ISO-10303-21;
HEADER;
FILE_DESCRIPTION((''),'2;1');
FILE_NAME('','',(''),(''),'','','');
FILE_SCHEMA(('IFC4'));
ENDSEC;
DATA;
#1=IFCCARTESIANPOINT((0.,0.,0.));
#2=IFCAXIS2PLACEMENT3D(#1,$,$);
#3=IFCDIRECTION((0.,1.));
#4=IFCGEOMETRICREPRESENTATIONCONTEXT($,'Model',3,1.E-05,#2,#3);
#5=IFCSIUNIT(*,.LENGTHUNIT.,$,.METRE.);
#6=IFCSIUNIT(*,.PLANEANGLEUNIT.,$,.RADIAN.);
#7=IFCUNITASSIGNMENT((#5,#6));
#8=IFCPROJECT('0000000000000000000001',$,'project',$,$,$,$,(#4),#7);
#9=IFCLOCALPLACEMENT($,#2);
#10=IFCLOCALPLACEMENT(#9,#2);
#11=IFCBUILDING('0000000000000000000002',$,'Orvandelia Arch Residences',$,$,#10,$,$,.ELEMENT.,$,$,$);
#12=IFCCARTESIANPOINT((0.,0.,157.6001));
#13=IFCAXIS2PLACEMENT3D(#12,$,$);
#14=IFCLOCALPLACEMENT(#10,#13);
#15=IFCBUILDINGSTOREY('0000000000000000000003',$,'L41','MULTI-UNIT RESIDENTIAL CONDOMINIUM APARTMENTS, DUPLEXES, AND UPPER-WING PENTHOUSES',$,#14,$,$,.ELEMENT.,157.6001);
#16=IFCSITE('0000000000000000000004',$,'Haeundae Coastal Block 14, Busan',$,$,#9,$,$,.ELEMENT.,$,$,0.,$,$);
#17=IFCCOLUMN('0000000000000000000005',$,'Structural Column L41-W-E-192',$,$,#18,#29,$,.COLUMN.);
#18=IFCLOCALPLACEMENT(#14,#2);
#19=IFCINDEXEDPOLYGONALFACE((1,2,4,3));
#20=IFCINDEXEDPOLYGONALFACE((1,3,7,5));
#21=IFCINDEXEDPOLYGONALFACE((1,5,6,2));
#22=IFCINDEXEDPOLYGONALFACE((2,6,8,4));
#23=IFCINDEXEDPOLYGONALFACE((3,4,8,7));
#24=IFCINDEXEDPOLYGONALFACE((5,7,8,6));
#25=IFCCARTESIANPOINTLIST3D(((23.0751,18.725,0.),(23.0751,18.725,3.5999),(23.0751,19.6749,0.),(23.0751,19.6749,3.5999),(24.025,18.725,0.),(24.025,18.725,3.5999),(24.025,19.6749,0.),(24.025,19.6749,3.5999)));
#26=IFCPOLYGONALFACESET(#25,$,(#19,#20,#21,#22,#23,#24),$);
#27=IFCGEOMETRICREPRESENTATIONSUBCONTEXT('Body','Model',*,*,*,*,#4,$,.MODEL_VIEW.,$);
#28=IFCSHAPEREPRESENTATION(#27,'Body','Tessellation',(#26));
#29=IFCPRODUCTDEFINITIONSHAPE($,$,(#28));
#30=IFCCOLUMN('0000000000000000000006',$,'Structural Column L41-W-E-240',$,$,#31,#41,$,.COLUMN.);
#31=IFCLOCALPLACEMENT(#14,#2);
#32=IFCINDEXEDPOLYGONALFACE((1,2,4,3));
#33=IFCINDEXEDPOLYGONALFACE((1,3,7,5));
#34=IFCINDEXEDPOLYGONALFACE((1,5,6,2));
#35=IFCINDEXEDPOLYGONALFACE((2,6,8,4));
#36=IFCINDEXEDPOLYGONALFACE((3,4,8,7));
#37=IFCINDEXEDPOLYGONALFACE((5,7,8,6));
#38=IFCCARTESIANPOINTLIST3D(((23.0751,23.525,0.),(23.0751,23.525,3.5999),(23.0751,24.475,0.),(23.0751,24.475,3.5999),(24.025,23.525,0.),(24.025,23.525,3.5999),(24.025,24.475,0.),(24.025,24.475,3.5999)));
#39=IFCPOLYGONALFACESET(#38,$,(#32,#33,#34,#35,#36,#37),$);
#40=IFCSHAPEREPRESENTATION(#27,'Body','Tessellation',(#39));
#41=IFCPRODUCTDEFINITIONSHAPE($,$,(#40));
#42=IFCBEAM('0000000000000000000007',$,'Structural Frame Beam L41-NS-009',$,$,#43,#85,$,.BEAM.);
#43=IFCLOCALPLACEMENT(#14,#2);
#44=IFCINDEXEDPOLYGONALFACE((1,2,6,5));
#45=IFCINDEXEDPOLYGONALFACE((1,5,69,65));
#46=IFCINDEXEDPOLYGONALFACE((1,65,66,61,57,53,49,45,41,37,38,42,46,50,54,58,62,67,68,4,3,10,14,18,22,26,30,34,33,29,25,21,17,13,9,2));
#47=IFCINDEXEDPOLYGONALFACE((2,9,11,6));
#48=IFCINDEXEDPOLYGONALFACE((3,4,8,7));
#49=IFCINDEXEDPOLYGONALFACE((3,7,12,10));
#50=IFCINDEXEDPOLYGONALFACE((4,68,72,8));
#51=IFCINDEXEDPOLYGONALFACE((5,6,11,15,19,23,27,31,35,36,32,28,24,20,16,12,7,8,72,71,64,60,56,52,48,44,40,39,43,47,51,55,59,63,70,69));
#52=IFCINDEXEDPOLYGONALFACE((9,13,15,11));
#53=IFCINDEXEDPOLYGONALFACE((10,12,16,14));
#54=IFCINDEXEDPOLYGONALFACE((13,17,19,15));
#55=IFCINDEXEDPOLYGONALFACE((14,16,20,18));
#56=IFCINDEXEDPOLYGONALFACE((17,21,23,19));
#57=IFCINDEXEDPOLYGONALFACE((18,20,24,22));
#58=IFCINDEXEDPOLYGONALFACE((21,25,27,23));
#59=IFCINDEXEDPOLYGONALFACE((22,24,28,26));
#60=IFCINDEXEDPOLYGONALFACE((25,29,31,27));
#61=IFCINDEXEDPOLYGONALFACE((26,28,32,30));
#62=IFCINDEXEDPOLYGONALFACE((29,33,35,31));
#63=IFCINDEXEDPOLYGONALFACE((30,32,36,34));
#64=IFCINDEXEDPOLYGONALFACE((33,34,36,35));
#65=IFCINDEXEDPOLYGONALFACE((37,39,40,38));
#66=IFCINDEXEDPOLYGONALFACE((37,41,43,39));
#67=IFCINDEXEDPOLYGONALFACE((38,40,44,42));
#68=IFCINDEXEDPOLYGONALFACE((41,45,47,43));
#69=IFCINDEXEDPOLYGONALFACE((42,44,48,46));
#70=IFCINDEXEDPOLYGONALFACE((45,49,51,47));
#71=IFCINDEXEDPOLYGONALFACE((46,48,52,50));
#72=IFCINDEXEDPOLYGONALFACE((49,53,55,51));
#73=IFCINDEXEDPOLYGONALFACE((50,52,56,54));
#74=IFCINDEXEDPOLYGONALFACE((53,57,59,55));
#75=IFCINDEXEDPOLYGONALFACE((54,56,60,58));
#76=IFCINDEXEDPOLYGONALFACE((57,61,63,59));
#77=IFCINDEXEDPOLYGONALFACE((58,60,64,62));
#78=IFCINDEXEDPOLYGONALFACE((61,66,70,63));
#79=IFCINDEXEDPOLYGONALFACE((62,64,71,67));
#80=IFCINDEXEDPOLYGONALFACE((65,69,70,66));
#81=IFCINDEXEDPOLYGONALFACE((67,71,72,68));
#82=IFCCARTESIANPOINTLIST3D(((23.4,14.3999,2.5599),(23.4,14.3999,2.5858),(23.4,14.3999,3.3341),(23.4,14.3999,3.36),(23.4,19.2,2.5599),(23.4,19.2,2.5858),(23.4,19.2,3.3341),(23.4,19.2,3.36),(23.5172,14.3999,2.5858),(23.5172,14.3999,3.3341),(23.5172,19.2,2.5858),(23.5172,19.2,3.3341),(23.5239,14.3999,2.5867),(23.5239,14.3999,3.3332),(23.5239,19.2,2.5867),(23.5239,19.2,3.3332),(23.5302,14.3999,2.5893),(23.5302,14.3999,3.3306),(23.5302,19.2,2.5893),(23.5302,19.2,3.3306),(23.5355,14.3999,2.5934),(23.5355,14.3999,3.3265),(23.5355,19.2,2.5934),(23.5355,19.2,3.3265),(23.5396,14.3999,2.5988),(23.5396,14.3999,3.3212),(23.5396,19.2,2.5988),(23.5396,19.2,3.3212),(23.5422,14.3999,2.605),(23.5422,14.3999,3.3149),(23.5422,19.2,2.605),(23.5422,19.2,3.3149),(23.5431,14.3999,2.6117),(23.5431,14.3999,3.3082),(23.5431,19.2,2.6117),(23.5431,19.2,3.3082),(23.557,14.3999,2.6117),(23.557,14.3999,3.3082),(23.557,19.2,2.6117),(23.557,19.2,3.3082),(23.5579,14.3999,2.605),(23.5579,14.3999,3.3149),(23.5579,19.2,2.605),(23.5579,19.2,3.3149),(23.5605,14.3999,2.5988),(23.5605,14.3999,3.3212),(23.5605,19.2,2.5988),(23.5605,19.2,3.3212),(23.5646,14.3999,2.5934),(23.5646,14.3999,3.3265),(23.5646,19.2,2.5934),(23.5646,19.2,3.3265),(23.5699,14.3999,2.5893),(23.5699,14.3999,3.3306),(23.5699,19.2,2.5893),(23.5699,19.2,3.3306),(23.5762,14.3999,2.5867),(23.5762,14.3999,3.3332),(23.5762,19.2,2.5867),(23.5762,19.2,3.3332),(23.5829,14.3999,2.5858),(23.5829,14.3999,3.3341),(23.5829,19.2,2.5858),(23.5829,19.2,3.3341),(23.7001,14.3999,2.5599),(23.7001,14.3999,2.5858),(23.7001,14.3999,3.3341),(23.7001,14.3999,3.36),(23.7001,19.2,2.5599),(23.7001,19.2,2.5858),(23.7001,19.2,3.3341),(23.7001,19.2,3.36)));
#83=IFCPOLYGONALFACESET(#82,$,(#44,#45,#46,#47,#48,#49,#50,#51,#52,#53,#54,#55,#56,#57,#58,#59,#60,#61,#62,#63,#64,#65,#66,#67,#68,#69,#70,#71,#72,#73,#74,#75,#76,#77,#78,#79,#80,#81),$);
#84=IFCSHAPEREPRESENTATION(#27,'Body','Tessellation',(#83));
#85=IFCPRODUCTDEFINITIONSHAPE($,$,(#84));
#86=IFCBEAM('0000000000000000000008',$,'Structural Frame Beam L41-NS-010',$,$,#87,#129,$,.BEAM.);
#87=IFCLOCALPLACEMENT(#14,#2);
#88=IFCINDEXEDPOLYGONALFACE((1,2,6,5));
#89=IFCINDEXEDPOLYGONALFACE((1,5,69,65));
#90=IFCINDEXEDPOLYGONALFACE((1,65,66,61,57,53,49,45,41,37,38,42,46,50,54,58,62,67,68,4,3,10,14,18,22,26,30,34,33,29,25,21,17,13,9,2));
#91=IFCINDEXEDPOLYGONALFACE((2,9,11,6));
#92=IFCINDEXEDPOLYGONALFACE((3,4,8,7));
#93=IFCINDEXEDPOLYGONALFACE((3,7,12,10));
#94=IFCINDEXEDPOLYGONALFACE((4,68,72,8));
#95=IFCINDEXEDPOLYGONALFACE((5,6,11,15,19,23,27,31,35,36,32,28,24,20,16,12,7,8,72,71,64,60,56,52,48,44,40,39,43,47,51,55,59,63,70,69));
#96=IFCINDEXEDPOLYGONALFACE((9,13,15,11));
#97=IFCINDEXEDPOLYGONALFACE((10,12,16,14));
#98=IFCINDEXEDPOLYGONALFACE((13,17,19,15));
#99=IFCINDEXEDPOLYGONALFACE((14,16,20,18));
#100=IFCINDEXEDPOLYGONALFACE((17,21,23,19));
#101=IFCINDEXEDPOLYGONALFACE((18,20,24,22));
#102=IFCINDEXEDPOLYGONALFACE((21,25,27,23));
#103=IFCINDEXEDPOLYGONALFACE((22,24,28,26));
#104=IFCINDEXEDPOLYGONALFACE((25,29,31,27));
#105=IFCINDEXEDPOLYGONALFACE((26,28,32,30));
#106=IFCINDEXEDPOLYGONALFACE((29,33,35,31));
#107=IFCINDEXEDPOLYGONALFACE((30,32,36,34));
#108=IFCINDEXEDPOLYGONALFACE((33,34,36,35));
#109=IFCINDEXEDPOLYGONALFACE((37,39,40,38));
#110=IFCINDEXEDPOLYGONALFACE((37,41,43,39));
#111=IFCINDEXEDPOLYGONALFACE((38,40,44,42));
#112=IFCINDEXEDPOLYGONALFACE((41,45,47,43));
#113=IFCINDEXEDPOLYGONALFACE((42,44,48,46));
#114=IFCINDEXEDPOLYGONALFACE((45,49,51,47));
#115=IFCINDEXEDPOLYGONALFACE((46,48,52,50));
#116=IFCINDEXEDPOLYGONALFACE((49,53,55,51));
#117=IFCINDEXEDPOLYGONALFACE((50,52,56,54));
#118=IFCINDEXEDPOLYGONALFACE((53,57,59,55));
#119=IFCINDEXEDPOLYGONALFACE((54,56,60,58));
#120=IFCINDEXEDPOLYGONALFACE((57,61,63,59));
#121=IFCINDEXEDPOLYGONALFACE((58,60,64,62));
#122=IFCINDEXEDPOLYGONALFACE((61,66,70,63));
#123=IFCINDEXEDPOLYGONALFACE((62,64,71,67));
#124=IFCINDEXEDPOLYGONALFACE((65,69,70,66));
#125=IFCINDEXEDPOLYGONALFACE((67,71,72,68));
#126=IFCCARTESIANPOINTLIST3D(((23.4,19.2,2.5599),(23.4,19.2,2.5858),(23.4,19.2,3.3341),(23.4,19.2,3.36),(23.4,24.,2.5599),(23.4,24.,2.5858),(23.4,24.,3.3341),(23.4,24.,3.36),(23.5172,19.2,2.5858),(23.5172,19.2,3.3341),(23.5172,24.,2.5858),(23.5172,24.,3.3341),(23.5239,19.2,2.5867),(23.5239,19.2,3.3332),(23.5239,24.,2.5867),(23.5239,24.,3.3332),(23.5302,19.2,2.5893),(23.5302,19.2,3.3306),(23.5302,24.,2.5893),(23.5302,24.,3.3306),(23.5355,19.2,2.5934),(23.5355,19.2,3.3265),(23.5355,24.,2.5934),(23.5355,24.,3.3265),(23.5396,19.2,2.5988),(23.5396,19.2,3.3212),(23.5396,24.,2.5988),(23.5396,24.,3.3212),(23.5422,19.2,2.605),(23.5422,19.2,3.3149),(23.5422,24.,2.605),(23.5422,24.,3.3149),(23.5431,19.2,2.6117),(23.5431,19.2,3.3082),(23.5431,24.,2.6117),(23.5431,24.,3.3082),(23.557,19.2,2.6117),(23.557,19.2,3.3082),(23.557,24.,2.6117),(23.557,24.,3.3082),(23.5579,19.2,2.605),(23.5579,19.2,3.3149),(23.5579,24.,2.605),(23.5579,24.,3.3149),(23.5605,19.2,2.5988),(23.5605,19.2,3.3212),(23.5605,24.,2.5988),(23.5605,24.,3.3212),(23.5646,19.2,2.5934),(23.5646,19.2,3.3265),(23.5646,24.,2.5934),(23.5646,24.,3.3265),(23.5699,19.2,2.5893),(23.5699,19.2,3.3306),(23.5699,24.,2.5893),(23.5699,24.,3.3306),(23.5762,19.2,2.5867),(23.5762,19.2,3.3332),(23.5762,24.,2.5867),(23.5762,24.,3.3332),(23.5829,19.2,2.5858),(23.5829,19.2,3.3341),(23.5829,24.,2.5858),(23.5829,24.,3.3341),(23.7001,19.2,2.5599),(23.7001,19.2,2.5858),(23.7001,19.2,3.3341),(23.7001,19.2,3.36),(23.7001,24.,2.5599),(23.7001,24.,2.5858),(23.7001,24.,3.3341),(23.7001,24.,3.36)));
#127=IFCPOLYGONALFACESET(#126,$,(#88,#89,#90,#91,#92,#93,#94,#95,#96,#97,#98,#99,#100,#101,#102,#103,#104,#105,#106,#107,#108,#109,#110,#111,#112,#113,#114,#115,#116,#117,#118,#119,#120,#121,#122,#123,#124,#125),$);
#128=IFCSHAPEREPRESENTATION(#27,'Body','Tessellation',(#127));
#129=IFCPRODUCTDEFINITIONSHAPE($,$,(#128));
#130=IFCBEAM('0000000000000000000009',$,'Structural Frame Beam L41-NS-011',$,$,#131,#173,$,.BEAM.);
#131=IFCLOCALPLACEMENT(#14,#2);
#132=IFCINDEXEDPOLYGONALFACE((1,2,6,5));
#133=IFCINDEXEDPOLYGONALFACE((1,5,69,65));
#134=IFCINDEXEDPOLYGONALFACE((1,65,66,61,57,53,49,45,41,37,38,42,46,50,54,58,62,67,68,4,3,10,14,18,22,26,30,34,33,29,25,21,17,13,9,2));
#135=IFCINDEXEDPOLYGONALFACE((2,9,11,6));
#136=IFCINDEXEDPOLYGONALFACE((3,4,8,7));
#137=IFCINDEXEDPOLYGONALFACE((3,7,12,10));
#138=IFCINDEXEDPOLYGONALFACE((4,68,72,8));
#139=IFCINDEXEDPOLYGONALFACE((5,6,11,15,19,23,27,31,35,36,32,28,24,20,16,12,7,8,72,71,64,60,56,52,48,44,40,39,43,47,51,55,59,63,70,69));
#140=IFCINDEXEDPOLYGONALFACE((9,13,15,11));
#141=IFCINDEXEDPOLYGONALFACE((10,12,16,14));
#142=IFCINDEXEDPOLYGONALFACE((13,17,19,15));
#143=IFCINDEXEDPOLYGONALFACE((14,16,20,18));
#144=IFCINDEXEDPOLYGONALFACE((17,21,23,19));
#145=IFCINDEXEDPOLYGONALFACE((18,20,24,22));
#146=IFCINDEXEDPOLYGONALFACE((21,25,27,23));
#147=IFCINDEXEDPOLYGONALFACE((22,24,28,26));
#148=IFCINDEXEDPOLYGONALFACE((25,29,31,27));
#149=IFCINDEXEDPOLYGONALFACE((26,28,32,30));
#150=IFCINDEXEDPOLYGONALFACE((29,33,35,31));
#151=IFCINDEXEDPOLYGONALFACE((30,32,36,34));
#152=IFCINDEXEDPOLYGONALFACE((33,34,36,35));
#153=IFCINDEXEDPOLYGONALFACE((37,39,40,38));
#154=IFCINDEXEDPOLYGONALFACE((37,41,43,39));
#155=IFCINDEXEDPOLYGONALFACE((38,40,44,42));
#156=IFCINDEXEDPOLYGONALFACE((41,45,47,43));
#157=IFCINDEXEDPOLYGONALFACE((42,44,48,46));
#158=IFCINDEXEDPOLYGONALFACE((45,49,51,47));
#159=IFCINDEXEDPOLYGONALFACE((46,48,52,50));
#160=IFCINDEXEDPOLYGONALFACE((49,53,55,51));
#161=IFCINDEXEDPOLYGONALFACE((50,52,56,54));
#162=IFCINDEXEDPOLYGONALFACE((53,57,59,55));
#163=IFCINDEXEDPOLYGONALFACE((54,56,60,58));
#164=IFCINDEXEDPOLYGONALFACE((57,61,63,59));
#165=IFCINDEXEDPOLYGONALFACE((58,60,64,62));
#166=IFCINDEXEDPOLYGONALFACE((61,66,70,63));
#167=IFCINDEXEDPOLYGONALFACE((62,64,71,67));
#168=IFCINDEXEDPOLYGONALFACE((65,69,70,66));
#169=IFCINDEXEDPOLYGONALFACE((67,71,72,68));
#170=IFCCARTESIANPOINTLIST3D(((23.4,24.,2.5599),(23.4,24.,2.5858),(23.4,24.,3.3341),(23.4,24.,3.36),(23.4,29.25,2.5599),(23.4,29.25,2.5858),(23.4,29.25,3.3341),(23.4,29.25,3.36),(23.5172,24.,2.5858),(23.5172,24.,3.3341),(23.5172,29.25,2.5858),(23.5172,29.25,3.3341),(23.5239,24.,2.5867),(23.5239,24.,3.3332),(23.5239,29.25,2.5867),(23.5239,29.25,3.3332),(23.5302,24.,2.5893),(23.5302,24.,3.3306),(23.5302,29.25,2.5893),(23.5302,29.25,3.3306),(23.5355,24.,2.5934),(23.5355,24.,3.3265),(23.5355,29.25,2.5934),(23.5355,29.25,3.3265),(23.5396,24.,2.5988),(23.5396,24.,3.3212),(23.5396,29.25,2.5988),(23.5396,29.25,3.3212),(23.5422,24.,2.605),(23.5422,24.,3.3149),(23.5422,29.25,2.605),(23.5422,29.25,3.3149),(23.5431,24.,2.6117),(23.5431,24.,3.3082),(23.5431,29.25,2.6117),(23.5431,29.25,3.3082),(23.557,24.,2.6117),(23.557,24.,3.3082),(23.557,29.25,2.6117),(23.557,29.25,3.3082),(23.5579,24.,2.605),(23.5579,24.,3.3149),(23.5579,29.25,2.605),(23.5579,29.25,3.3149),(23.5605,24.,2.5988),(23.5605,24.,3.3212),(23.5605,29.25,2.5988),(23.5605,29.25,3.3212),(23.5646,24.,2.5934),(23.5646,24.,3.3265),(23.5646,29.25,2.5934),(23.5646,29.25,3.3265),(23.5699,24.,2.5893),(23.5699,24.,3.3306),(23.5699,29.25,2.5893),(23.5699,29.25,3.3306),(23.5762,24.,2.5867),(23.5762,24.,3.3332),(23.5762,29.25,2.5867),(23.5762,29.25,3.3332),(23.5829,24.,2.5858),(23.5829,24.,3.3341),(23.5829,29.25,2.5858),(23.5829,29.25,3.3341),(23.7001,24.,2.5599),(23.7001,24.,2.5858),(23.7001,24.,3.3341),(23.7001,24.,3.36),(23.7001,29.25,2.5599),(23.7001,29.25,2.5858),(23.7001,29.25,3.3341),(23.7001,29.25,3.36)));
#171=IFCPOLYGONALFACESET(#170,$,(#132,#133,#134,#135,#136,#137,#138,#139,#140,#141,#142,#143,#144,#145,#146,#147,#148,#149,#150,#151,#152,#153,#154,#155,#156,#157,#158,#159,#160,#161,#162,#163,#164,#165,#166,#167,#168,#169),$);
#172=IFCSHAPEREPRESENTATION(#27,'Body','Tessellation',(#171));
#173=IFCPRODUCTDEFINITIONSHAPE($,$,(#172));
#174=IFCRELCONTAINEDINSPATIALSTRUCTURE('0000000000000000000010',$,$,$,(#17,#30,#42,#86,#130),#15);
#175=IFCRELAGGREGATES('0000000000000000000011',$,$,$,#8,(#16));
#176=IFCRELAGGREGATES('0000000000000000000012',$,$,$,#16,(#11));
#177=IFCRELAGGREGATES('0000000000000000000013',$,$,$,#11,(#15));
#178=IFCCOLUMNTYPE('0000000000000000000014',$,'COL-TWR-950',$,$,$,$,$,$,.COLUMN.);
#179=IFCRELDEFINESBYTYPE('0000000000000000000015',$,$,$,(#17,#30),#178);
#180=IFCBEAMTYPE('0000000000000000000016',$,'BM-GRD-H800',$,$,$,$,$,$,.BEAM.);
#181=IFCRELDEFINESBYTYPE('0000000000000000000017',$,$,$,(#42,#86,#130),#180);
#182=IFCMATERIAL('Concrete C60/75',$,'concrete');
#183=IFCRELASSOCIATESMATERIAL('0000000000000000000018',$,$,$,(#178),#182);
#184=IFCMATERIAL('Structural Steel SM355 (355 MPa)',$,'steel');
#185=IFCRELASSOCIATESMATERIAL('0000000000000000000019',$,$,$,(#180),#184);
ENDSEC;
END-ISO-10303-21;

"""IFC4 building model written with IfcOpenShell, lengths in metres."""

from ifc_helpers import new_model, si_unit, direction, frame, origin, origin_2d, place, context, subcontext, project, spatial, rectangle, i_section, extrude, material, material_profile, profile_set, type_object, element, save


model = new_model("IFC4")

# Units and contexts
model_context = context("Model", 3, precision=1e-05, world=origin(), true_north=direction((0.0, 1.0)))
body_context = subcontext(model_context, "Body", "Model", "MODEL_VIEW")
ifc_project = project(units=[si_unit("LENGTHUNIT", "METRE"), si_unit("PLANEANGLEUNIT", "RADIAN")], contexts=[model_context])

# Site, building, storey
site_placement = place(None, origin())
site = spatial("IfcSite", under=ifc_project, at=site_placement, Name="Haeundae Coastal Block 14, Busan", CompositionType="ELEMENT", RefElevation=0.0)
building_placement = place(site_placement, origin())
building = spatial("IfcBuilding", under=site, at=building_placement, Name="Orvandelia Arch Residences", CompositionType="ELEMENT")
storey_placement = place(building_placement, frame((0.0, 0.0, 157.6001)))
storey = spatial("IfcBuildingStorey", under=building, at=storey_placement, Name="L41", Description="MULTI-UNIT RESIDENTIAL CONDOMINIUM APARTMENTS, DUPLEXES, AND UPPER-WING PENTHOUSES", CompositionType="ELEMENT", Elevation=157.6001)

# Columns
ifc_material_1 = material(Name="Concrete C60/75", Category="concrete")
ifc_material_profile_1 = material_profile(ifc_material_1, rectangle(XDim=0.95, YDim=0.95, at=origin_2d()), Name="Concrete C60/75", Category="concrete")
ifc_profile_set_1 = profile_set([ifc_material_profile_1], Name="Concrete C60/75")
column_type = type_object("IfcColumnType", Name="COL-TWR-950", PredefinedType="COLUMN", material=ifc_profile_set_1)
for number, where, z_axis, x_axis, name in (
    (1, (23.55, 19.2, 0.0), (0.0, 0.0, 1.0), (1.0, 0.0, 0.0), "Structural Column L41-W-E-192"),
    (2, (23.55, 24.0, 0.0), (0.0, 0.0, 1.0), (1.0, 0.0, 0.0), "Structural Column L41-W-E-240"),
):
    element("IfcColumn", number, at=place(storey_placement, frame(where, z_axis=z_axis, x_axis=x_axis)), inside=storey, type_object=column_type, Name=name, PredefinedType="COLUMN", context=body_context, shape_type="SweptSolid", body=[
        extrude(rectangle(XDim=0.95, YDim=0.95, at=origin_2d()), origin(), (0.0, 0.0, 1.0), 3.5999),
    ])

# Beams
ifc_material_2 = material(Name="Structural Steel SM355 (355 MPa)", Category="steel")
ifc_material_profile_2 = material_profile(ifc_material_2, i_section(OverallWidth=0.3, OverallDepth=0.8, WebThickness=0.0139, FlangeThickness=0.0259, FilletRadius=0.0259, at=origin_2d()), Name="Structural Steel SM355 (355 MPa)", Category="steel")
ifc_profile_set_2 = profile_set([ifc_material_profile_2], Name="Structural Steel SM355 (355 MPa)")
beam_type = type_object("IfcBeamType", Name="BM-GRD-H800", PredefinedType="BEAM", material=ifc_profile_set_2)
for number, where, z_axis, x_axis, name in (
    (3, (23.55, 14.3999, 2.96), (0.0, 1.0, 0.0), (-1.0, 0.0, 0.0), "Structural Frame Beam L41-NS-009"),
    (4, (23.55, 19.2, 2.96), (0.0, 1.0, 0.0), (-1.0, 0.0, 0.0), "Structural Frame Beam L41-NS-010"),
):
    element("IfcBeam", number, at=place(storey_placement, frame(where, z_axis=z_axis, x_axis=x_axis)), inside=storey, type_object=beam_type, Name=name, PredefinedType="BEAM", context=body_context, shape_type="SweptSolid", body=[
        extrude(i_section(OverallWidth=0.3, OverallDepth=0.8, WebThickness=0.0139, FlangeThickness=0.0259, FilletRadius=0.0259, at=origin_2d()), origin(), (0.0, 0.0, 1.0), 4.8),
    ])
beam_placement = place(storey_placement, frame((23.55, 24.0, 2.96), z_axis=(0.0, 1.0, 0.0), x_axis=(-1.0, 0.0, 0.0)))
element("IfcBeam", 5, at=beam_placement, inside=storey, type_object=beam_type, Name="Structural Frame Beam L41-NS-011", PredefinedType="BEAM", context=body_context, shape_type="SweptSolid", body=[
    extrude(i_section(OverallWidth=0.3, OverallDepth=0.8, WebThickness=0.0139, FlangeThickness=0.0259, FilletRadius=0.0259, at=origin_2d()), origin(), (0.0, 0.0, 1.0), 5.25),
])

save(model, "model.ifc")
